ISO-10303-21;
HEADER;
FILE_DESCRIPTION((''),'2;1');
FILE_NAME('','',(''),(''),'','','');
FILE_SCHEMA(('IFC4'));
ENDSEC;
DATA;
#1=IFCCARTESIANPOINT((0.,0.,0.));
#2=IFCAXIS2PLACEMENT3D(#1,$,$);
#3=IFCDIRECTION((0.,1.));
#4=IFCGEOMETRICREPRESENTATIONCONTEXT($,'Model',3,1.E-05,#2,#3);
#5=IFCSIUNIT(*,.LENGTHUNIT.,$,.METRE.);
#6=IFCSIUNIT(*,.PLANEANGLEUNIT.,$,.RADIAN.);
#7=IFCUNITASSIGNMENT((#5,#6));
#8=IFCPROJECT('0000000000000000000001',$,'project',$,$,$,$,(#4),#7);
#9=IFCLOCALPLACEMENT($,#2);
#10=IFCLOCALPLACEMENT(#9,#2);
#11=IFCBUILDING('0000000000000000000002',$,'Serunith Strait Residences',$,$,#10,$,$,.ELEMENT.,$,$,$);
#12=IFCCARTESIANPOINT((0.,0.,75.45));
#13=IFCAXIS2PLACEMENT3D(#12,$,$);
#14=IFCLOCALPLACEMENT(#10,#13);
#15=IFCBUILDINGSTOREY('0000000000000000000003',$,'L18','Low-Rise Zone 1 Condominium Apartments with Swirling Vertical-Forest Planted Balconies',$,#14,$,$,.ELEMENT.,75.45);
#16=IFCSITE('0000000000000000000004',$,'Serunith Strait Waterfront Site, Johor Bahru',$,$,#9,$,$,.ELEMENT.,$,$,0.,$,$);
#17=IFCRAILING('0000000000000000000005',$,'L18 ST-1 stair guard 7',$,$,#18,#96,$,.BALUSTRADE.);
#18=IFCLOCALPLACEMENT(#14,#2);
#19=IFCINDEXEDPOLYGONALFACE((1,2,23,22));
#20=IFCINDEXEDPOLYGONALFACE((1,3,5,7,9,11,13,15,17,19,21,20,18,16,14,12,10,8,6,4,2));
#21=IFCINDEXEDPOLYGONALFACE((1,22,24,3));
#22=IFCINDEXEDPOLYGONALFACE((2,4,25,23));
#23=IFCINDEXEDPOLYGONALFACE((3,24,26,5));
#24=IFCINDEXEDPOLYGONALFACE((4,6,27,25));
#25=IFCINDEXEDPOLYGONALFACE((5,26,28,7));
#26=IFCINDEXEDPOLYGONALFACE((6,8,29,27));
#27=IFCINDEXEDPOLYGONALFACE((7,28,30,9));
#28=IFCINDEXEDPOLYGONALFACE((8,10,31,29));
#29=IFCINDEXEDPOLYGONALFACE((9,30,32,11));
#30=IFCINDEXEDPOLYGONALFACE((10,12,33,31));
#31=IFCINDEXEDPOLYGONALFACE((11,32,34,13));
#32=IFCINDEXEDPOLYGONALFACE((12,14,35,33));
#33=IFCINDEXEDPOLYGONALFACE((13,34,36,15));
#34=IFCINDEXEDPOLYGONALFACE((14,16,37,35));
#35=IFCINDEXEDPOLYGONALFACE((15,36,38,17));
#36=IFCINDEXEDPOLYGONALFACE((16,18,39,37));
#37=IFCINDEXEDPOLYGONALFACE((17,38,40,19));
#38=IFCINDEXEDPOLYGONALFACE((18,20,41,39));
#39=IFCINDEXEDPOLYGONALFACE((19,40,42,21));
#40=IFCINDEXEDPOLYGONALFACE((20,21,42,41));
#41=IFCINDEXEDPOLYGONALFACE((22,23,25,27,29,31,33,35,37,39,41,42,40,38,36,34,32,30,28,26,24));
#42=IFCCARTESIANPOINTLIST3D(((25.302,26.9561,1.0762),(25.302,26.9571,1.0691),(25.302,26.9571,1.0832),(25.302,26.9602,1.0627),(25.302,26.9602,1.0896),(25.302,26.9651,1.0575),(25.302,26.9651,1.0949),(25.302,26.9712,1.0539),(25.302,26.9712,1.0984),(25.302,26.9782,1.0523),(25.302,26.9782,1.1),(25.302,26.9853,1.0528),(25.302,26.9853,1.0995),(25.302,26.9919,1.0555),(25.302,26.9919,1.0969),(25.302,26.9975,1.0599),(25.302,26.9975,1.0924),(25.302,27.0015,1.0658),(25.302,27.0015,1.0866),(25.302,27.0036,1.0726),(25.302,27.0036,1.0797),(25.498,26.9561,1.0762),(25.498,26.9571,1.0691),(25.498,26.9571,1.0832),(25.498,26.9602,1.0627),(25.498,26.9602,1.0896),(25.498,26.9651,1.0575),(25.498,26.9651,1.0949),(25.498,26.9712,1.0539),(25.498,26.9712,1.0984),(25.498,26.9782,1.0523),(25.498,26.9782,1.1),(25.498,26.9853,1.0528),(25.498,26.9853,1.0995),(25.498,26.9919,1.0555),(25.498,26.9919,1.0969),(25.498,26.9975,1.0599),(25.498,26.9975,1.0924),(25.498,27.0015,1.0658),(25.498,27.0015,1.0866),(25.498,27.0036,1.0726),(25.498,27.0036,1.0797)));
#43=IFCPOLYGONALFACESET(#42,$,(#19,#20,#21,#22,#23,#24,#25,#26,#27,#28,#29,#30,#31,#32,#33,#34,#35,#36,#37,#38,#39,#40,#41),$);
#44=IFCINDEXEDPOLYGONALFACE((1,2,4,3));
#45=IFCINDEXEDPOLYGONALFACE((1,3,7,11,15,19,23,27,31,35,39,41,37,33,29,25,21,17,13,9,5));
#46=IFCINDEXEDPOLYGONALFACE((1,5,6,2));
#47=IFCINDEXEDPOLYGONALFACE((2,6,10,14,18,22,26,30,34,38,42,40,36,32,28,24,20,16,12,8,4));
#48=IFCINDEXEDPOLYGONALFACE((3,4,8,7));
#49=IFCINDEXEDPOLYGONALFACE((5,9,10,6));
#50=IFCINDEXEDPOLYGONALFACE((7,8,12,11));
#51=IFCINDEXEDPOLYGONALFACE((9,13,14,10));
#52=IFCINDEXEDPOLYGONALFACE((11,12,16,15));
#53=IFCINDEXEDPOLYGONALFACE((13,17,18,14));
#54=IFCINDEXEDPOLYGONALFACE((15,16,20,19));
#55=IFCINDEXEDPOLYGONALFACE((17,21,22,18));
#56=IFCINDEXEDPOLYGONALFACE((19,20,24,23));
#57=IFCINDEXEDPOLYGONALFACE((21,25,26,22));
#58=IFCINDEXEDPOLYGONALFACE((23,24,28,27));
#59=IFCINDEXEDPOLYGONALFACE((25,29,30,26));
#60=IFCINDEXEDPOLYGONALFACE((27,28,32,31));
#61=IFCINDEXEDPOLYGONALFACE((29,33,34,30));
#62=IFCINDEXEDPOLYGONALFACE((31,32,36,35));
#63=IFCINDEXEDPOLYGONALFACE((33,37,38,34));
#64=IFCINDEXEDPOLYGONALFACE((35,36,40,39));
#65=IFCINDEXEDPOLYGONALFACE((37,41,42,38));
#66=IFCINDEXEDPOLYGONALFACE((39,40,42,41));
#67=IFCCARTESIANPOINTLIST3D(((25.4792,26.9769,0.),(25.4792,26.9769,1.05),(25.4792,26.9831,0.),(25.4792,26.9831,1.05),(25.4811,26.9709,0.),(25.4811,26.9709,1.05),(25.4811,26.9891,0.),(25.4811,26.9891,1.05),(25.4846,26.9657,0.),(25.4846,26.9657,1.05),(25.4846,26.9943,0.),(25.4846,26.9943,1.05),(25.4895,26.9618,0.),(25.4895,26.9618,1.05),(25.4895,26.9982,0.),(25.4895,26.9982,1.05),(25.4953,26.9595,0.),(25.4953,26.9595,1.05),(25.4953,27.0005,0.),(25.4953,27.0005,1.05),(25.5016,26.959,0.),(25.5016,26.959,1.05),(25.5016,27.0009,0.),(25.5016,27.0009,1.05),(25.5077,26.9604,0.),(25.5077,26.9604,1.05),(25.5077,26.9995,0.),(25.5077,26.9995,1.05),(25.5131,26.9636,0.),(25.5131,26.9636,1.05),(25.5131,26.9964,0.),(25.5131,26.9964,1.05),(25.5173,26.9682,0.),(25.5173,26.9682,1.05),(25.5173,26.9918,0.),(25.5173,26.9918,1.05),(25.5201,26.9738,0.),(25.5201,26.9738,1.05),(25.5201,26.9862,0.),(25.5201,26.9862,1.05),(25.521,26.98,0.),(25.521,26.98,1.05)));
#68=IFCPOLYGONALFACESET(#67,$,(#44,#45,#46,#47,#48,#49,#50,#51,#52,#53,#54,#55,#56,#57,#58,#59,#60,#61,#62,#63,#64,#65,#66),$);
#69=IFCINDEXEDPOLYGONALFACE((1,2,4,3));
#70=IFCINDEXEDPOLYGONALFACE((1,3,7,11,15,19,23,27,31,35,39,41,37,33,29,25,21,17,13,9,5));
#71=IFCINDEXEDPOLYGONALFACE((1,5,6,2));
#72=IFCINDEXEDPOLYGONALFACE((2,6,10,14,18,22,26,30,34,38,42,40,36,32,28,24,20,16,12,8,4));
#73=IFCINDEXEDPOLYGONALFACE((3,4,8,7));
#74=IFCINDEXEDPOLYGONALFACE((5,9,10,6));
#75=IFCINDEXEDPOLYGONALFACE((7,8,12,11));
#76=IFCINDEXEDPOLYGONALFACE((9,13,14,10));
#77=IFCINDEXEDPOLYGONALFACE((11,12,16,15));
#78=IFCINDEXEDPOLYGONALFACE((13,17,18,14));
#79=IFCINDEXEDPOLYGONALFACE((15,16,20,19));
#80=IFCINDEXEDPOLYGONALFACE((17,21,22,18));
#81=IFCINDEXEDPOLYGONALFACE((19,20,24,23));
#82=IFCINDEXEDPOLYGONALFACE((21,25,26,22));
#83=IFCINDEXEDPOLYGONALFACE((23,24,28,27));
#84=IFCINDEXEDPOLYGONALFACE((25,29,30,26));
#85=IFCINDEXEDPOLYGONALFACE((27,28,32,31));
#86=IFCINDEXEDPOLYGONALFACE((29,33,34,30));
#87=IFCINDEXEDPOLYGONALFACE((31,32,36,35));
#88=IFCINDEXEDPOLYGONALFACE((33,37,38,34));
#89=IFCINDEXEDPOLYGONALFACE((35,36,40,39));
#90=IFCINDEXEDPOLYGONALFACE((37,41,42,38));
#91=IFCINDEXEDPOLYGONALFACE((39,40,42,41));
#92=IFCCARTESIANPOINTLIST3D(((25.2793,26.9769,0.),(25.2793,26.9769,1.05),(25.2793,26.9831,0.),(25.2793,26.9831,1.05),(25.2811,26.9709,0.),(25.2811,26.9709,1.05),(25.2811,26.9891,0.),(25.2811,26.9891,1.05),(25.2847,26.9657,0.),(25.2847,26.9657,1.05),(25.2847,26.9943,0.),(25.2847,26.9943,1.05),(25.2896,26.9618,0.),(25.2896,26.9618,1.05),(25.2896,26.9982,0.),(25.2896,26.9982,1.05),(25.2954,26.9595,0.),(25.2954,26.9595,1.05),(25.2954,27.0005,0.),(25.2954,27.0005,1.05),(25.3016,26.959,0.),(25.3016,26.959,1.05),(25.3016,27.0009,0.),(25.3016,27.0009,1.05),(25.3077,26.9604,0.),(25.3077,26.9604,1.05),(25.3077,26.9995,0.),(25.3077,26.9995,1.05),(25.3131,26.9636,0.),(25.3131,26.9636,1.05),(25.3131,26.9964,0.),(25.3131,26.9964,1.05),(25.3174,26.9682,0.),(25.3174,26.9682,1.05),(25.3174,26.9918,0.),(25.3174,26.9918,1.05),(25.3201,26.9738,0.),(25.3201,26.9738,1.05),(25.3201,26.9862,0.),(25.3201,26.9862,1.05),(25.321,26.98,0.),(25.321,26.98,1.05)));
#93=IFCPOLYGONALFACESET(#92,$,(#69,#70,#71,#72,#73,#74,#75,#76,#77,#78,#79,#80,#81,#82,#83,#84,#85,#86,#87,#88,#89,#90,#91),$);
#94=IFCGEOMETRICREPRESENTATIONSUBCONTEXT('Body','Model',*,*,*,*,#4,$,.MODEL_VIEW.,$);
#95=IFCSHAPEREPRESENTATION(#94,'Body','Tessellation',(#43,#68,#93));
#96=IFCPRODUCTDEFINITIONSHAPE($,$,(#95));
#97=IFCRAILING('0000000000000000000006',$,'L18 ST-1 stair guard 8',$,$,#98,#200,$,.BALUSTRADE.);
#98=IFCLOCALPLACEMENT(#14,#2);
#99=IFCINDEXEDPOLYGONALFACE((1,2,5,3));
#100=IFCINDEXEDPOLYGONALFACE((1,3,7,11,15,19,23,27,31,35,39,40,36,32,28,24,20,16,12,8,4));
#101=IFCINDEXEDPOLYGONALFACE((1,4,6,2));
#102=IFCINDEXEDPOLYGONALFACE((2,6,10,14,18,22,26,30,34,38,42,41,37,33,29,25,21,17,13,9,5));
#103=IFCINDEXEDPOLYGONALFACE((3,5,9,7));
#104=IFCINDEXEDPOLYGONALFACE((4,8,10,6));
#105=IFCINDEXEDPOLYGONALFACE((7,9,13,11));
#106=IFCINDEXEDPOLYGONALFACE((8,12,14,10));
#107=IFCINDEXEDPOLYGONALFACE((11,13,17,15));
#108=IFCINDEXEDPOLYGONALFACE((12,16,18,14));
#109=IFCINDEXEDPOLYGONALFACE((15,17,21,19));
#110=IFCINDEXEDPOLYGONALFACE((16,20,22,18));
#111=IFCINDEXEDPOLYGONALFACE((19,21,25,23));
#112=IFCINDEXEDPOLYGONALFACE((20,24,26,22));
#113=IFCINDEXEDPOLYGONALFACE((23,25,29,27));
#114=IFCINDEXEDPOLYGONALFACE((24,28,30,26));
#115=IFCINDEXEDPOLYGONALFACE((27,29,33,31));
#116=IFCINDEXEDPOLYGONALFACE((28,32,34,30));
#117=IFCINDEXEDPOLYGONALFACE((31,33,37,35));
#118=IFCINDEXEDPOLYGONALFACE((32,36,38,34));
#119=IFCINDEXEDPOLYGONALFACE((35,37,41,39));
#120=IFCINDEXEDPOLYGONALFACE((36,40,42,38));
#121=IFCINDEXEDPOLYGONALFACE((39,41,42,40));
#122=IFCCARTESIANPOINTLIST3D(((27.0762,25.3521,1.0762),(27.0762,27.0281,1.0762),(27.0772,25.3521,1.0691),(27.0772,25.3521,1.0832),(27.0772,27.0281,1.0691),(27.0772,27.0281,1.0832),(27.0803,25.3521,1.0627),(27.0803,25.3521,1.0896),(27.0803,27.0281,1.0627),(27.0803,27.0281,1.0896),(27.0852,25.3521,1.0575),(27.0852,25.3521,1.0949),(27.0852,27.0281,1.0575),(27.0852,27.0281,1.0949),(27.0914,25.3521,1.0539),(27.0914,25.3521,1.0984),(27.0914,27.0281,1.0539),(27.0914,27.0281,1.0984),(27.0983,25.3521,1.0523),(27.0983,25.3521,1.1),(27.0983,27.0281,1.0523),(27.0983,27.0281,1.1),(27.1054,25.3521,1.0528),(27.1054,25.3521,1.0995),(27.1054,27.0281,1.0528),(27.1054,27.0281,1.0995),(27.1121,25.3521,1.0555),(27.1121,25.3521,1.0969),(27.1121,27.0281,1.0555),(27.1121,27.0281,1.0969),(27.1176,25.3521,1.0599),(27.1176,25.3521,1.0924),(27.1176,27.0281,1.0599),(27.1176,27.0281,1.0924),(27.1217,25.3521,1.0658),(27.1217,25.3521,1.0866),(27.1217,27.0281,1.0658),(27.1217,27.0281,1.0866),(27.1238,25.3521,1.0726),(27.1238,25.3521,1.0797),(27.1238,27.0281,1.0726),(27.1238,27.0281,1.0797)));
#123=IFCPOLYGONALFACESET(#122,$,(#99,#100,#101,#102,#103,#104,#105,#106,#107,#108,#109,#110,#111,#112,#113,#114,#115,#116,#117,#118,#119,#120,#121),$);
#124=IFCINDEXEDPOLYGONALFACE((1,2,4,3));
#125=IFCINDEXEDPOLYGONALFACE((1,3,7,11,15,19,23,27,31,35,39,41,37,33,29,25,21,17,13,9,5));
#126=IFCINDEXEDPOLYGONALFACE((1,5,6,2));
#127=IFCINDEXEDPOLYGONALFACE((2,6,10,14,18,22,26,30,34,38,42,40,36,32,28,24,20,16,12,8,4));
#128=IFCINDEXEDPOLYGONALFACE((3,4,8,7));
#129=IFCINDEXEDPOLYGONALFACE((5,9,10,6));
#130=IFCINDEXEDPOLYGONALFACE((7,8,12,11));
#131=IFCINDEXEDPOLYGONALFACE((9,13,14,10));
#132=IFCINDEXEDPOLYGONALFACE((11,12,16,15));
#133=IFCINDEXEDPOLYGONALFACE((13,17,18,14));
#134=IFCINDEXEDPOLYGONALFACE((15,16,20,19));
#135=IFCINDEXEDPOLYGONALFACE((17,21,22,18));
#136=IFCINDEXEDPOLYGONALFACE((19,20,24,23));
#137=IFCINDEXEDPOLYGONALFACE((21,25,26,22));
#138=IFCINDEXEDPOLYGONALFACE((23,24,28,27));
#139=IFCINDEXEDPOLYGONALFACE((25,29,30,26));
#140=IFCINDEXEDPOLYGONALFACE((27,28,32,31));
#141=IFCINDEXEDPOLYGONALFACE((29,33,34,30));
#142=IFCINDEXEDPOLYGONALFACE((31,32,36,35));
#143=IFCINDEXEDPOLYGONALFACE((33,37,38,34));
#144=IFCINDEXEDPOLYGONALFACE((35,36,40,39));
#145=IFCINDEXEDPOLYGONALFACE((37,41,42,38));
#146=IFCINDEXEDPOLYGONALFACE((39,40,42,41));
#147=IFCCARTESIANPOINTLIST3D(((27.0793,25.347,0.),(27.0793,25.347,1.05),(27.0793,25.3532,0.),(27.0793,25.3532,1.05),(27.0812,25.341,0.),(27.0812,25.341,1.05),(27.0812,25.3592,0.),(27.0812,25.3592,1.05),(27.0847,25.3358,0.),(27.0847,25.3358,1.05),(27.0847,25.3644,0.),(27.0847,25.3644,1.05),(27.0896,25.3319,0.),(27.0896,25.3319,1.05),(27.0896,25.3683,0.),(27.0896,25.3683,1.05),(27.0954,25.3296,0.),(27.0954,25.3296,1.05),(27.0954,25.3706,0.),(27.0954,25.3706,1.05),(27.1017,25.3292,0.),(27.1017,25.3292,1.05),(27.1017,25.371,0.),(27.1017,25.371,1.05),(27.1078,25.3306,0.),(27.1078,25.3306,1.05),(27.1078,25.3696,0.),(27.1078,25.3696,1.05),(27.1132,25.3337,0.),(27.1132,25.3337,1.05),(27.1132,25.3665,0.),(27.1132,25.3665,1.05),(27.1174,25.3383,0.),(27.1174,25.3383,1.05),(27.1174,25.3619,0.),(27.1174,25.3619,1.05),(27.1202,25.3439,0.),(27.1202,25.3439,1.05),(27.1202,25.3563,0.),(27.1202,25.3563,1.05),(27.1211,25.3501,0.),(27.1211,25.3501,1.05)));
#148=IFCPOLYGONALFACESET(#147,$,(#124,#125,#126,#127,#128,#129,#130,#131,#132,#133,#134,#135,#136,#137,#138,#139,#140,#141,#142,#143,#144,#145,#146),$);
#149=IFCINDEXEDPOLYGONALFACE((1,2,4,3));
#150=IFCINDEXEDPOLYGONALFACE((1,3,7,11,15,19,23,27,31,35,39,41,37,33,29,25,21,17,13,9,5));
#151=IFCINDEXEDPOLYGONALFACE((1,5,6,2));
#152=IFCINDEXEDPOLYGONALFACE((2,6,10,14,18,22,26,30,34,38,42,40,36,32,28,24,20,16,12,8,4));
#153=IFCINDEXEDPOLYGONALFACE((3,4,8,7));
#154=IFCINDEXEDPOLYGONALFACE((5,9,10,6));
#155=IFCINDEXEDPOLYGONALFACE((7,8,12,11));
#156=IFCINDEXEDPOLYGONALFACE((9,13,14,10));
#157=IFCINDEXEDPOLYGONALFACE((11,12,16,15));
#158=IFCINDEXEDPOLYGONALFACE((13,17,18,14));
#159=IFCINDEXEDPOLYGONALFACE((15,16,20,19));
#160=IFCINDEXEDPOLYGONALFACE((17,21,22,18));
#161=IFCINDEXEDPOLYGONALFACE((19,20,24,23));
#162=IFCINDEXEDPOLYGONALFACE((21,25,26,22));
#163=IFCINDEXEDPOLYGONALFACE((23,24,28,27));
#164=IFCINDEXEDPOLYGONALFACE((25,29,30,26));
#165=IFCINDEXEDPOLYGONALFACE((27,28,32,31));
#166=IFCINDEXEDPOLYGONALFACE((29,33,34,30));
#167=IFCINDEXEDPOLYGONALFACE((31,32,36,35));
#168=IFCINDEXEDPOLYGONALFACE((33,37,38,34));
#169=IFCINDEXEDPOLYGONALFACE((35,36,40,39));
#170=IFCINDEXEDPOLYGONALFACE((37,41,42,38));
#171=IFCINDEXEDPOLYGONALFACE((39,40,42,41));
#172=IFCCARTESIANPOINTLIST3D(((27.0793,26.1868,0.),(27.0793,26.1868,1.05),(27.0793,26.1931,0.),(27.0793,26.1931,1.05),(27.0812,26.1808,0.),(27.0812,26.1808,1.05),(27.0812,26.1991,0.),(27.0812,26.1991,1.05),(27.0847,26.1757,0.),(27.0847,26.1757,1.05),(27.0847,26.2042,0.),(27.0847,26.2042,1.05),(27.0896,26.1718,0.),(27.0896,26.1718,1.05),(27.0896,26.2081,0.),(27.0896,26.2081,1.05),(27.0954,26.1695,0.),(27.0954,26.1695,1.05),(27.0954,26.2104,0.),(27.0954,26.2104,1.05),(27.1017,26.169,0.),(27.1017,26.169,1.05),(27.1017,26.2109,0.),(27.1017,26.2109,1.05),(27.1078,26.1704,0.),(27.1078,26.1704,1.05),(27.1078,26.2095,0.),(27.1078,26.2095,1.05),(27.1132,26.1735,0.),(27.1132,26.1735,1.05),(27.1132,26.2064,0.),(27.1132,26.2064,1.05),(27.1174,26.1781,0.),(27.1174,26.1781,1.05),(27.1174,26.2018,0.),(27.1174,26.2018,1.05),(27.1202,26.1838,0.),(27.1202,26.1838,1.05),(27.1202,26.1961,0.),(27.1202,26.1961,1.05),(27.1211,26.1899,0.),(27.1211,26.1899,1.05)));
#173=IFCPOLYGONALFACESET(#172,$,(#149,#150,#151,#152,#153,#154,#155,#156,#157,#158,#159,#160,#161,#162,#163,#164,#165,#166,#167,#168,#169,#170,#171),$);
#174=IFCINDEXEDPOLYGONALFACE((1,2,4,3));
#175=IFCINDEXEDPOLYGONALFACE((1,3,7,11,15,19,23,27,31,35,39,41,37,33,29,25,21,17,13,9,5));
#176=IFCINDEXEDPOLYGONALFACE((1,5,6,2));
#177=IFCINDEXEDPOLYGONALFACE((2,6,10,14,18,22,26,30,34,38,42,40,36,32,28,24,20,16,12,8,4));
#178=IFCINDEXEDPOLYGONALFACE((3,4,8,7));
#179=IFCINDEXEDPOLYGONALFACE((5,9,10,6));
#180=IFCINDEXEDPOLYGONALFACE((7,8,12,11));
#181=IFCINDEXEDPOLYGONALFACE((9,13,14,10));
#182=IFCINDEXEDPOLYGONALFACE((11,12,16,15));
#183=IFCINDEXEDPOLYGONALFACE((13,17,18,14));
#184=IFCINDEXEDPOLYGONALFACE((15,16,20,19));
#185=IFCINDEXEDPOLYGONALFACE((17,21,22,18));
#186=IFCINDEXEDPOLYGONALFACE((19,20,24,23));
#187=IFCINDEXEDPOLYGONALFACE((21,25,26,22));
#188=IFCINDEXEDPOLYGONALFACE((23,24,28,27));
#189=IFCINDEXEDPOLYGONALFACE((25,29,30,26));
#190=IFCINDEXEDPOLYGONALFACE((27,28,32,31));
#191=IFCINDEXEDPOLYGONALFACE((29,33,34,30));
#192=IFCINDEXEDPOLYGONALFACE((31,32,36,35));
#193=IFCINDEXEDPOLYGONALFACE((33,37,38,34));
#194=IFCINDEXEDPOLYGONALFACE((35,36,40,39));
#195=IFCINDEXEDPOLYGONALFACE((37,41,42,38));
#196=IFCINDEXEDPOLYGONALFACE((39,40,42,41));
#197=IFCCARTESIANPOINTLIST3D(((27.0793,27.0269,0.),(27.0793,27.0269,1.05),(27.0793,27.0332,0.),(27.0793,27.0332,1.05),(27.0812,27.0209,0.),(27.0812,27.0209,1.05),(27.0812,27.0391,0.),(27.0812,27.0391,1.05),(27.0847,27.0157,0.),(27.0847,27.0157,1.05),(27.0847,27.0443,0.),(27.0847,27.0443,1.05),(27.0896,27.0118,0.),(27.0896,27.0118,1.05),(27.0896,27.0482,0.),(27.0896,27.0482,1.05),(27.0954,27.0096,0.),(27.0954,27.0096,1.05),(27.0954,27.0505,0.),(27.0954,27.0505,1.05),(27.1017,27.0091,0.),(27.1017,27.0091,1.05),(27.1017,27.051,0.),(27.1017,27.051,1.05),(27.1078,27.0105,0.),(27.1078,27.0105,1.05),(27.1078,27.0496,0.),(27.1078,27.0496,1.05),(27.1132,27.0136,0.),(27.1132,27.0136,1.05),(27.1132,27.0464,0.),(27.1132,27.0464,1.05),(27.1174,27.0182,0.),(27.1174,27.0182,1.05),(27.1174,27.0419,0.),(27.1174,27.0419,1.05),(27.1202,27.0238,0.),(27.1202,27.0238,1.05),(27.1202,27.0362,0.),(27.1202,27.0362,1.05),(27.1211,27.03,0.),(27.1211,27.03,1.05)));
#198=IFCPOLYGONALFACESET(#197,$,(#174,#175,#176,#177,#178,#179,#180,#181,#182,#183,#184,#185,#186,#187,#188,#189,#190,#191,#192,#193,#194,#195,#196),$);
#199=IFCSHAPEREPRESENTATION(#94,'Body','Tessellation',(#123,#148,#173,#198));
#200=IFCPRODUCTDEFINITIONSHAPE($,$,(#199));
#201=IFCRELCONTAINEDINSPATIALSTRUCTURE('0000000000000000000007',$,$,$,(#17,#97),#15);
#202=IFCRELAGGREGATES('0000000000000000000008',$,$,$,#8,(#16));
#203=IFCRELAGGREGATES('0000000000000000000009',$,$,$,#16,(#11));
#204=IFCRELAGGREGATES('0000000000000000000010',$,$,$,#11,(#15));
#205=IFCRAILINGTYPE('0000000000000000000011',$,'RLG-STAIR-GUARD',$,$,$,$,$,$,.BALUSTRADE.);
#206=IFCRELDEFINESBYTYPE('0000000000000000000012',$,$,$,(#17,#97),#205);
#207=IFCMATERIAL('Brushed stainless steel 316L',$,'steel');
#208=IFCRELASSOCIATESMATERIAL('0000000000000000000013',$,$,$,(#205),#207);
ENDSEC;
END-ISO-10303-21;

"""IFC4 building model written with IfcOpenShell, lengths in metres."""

from ifc_helpers import new_model, si_unit, direction, frame, origin, origin_2d, place, context, subcontext, project, spatial, circle, extrude, material, type_object, element, save


model = new_model("IFC4")

# Units and contexts
model_context = context("Model", 3, precision=1e-05, world=origin(), true_north=direction((0.0, 1.0)))
body_context = subcontext(model_context, "Body", "Model", "MODEL_VIEW")
ifc_project = project(units=[si_unit("LENGTHUNIT", "METRE"), si_unit("PLANEANGLEUNIT", "RADIAN")], contexts=[model_context])

# Site, building, storey
site_placement = place(None, origin())
site = spatial("IfcSite", under=ifc_project, at=site_placement, Name="Serunith Strait Waterfront Site, Johor Bahru", CompositionType="ELEMENT", RefElevation=0.0)
building_placement = place(site_placement, origin())
building = spatial("IfcBuilding", under=site, at=building_placement, Name="Serunith Strait Residences", CompositionType="ELEMENT")
storey_placement = place(building_placement, frame((0.0, 0.0, 75.45)))
storey = spatial("IfcBuildingStorey", under=building, at=storey_placement, Name="L18", Description="Low-Rise Zone 1 Condominium Apartments with Swirling Vertical-Forest Planted Balconies", CompositionType="ELEMENT", Elevation=75.45)

# Railings
ifc_material_1 = material(Name="Brushed stainless steel 316L", Category="steel")
railing_type_1 = type_object("IfcRailingType", Name="RLG-STAIR-GUARD", PredefinedType="BALUSTRADE", material=ifc_material_1)
railing_1_placement = place(storey_placement, frame((25.5, 26.98, 0.0)))
element("IfcRailing", 1, at=railing_1_placement, inside=storey, type_object=railing_type_1, Name="L18 ST-1 stair guard 7", PredefinedType="BALUSTRADE", context=body_context, shape_type="SweptSolid", body=[
    extrude(circle(Radius=0.0239, at=origin_2d()), frame((-0.002, 0.0, 1.0762), z_axis=(-1.0, 0.0, 0.0), x_axis=(0.0, -1.0, 0.0)), (0.0, 0.0, 1.0), 0.196),
    extrude(circle(Radius=0.021, at=origin_2d()), origin(), (0.0, 0.0, 1.0), 1.05),
    extrude(circle(Radius=0.021, at=origin_2d()), frame((-0.2, 0.0, 0.0)), (0.0, 0.0, 1.0), 1.05),
])
for number, where, name in (
    (2, (27.1001, 25.3501, 0.0), "L18 ST-1 stair guard 8"),
):
    element("IfcRailing", number, at=place(storey_placement, frame(where)), inside=storey, type_object=railing_type_1, Name=name, PredefinedType="BALUSTRADE", context=body_context, shape_type="SweptSolid", body=[
        extrude(circle(Radius=0.0239, at=origin_2d()), frame((0.0, 0.002, 1.0762), z_axis=(0.0, 1.0, 0.0), x_axis=(-1.0, 0.0, 0.0)), (0.0, 0.0, 1.0), 1.676),
        extrude(circle(Radius=0.021, at=origin_2d()), origin(), (0.0, 0.0, 1.0), 1.05),
        extrude(circle(Radius=0.021, at=origin_2d()), frame((0.0, 0.8398, 0.0)), (0.0, 0.0, 1.0), 1.05),
        extrude(circle(Radius=0.021, at=origin_2d()), frame((0.0, 1.6799, 0.0)), (0.0, 0.0, 1.0), 1.05),
    ])

save(model, "model.ifc")
